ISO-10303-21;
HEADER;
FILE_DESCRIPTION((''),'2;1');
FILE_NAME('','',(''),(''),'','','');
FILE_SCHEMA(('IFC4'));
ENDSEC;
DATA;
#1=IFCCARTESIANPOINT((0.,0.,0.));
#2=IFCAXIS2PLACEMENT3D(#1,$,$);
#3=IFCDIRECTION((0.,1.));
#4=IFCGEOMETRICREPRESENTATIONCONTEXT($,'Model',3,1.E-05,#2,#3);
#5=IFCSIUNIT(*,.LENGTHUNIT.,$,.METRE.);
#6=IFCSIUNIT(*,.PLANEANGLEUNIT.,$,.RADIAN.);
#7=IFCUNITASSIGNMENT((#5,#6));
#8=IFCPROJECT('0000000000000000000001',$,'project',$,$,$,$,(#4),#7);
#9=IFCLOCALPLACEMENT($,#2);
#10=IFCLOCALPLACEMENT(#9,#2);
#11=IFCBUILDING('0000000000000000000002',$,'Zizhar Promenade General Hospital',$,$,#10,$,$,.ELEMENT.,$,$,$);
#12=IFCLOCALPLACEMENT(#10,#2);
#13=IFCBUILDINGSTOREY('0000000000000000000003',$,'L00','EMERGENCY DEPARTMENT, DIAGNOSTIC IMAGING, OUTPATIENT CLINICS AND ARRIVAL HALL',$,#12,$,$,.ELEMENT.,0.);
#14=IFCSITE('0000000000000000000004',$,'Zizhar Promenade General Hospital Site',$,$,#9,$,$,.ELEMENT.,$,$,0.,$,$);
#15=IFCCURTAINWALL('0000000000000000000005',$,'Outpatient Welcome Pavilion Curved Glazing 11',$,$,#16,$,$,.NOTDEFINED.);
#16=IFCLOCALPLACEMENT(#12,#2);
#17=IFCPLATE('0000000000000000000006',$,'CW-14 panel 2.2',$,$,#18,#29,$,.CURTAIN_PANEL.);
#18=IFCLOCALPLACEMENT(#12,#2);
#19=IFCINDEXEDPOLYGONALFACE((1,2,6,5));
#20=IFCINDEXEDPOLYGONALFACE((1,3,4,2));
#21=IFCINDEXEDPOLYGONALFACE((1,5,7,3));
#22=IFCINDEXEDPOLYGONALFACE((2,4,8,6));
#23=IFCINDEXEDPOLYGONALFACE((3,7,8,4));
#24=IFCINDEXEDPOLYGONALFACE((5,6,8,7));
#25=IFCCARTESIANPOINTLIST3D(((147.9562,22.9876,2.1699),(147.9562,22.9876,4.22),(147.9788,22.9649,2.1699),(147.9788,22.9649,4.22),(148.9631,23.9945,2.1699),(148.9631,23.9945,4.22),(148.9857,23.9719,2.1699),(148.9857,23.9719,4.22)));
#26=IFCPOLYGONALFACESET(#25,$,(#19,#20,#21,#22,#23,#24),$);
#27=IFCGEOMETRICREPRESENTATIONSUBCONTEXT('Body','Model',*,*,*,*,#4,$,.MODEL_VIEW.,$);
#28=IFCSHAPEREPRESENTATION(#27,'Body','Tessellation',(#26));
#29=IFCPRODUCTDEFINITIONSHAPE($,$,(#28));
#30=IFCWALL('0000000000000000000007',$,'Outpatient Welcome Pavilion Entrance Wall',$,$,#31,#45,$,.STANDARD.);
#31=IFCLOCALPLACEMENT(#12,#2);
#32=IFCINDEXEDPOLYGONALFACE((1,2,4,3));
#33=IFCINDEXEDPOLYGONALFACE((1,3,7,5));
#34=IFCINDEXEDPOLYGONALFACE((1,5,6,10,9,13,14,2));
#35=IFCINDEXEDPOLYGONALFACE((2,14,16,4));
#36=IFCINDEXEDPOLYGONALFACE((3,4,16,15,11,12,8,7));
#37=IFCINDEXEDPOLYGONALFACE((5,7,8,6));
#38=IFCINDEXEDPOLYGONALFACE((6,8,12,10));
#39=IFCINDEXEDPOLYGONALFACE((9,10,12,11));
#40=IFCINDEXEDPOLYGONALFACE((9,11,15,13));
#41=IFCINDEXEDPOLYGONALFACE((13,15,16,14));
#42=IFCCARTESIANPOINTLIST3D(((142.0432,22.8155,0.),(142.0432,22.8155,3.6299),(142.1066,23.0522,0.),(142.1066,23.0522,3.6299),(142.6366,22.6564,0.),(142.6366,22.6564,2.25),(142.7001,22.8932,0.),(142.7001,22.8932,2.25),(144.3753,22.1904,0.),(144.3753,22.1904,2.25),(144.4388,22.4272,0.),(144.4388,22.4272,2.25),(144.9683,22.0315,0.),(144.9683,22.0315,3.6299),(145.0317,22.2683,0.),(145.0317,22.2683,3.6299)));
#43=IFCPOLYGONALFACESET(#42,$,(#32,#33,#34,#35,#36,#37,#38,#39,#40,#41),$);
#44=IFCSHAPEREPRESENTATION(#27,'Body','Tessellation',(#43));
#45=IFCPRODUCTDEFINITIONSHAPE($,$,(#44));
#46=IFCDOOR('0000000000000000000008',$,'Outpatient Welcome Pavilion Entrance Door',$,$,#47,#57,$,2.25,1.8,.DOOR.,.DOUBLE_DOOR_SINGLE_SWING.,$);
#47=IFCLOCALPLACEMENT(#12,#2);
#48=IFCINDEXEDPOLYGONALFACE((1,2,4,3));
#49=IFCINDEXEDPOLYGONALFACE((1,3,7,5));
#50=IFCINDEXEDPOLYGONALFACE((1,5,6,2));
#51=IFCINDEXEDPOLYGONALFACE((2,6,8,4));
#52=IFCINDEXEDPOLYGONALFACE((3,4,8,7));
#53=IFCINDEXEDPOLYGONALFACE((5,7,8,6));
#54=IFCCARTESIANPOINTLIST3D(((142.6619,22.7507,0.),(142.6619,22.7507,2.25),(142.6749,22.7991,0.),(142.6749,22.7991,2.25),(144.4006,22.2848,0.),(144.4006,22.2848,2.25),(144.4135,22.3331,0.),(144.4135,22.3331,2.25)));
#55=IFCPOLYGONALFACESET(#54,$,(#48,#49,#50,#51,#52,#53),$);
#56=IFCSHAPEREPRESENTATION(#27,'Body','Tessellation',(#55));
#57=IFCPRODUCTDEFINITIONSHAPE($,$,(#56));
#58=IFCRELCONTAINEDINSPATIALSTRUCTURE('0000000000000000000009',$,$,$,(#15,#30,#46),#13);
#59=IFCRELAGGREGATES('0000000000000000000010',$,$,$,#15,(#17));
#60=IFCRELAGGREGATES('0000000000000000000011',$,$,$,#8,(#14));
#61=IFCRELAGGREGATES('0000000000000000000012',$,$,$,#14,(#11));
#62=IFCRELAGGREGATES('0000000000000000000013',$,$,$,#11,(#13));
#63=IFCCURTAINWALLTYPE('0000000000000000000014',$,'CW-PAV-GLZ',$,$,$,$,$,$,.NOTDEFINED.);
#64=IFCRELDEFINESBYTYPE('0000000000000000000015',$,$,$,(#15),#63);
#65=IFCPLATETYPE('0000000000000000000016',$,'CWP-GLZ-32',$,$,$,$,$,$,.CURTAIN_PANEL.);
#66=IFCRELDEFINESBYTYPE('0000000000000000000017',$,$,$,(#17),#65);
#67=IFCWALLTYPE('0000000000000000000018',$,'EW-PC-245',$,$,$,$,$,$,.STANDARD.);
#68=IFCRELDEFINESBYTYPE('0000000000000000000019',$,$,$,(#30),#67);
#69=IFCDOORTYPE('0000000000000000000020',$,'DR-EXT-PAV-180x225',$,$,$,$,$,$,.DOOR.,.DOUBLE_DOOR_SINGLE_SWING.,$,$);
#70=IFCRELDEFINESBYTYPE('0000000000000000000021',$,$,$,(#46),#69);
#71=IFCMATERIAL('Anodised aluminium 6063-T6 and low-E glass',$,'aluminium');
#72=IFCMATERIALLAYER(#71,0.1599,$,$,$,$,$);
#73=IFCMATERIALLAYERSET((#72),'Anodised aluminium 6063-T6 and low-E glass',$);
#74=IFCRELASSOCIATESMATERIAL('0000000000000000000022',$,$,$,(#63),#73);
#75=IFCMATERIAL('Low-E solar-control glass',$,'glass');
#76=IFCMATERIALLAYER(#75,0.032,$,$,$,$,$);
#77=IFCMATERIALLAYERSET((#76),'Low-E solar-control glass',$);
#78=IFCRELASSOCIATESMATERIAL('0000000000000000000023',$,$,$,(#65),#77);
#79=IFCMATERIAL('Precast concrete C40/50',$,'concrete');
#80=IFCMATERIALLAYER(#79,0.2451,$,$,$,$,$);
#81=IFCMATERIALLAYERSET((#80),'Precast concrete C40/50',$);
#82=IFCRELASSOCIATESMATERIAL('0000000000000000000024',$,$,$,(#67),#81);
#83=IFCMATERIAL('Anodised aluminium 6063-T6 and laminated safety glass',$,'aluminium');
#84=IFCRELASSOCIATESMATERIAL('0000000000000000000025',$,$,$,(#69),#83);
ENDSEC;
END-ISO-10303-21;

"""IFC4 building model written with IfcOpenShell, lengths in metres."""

from ifc_helpers import new_model, si_unit, direction, frame, frame_2d, origin, origin_2d, place, context, subcontext, project, spatial, rectangle, extrude, material, layer, layer_set, type_object, element, fill, aggregate, save


model = new_model("IFC4")

# Units and contexts
model_context = context("Model", 3, precision=1e-05, world=origin(), true_north=direction((0.0, 1.0)))
body_context = subcontext(model_context, "Body", "Model", "MODEL_VIEW")
ifc_project = project(units=[si_unit("LENGTHUNIT", "METRE"), si_unit("PLANEANGLEUNIT", "RADIAN")], contexts=[model_context])

# Site, building, storey
site_placement = place(None, origin())
site = spatial("IfcSite", under=ifc_project, at=site_placement, Name="Zizhar Promenade General Hospital Site", CompositionType="ELEMENT", RefElevation=0.0)
building_placement = place(site_placement, origin())
building = spatial("IfcBuilding", under=site, at=building_placement, Name="Zizhar Promenade General Hospital", CompositionType="ELEMENT")
storey_placement = place(building_placement, origin())
storey = spatial("IfcBuildingStorey", under=building, at=storey_placement, Name="L00", Description="EMERGENCY DEPARTMENT, DIAGNOSTIC IMAGING, OUTPATIENT CLINICS AND ARRIVAL HALL", CompositionType="ELEMENT", Elevation=0.0)

# Shared definitions
ifc_material_1 = material(Name="Anodised aluminium 6063-T6 and low-E glass", Category="aluminium")
ifc_layer_1 = layer(ifc_material_1, 0.1599)
ifc_layer_set_1 = layer_set([ifc_layer_1], Name="Anodised aluminium 6063-T6 and low-E glass")
curtain_wall_type = type_object("IfcCurtainWallType", Name="CW-PAV-GLZ", PredefinedType="NOTDEFINED", material=ifc_layer_set_1)

# Curtain wall
curtain_wall_1_placement = place(storey_placement, origin())
curtain_wall_1 = element("IfcCurtainWall", 1, at=curtain_wall_1_placement, inside=storey, type_object=curtain_wall_type, Name="Outpatient Welcome Pavilion Curved Glazing 11", PredefinedType="NOTDEFINED")

# Plate
ifc_material_2 = material(Name="Low-E solar-control glass", Category="glass")
ifc_layer_2 = layer(ifc_material_2, 0.032)
ifc_layer_set_2 = layer_set([ifc_layer_2], Name="Low-E solar-control glass")
plate_type = type_object("IfcPlateType", Name="CWP-GLZ-32", PredefinedType="CURTAIN_PANEL", material=ifc_layer_set_2)
plate_1_placement = place(storey_placement, frame((148.4709, 23.4797, 2.1699), z_axis=(0.0, 0.0, 1.0), x_axis=(-0.707107, -0.707107, 0.0)))
plate_1 = element("IfcPlate", 2, at=plate_1_placement, type_object=plate_type, Name="CW-14 panel 2.2", PredefinedType="CURTAIN_PANEL", context=body_context, shape_type="SweptSolid", body=[
    extrude(rectangle(XDim=1.4241, YDim=0.032, at=origin_2d()), origin(), (0.0, 0.0, 1.0), 2.05),
])
aggregate(curtain_wall_1, [plate_1])

# Wall, opening, door
ifc_material_3 = material(Name="Precast concrete C40/50", Category="concrete")
ifc_layer_3 = layer(ifc_material_3, 0.2451)
ifc_layer_set_3 = layer_set([ifc_layer_3], Name="Precast concrete C40/50")
wall_type = type_object("IfcWallType", Name="EW-PC-245", PredefinedType="STANDARD", material=ifc_layer_set_3)
wall_placement = place(storey_placement, frame((145.0, 22.1499, 0.0), z_axis=(0.0, 0.0, 1.0), x_axis=(-0.965912, 0.258872, 0.0)))
wall = element("IfcWall", 3, at=wall_placement, inside=storey, type_object=wall_type, Name="Outpatient Welcome Pavilion Entrance Wall", PredefinedType="STANDARD", context=body_context, shape_type="SweptSolid", body=[
    extrude(rectangle(XDim=3.0283, YDim=0.2451, at=frame_2d((1.5142, 0.0))), origin(), (0.0, 0.0, 1.0), 3.6299),
])
opening_placement = place(wall_placement, frame((0.614, 0.0, 0.0)))
opening = element("IfcOpeningElement", 4, at=opening_placement, cuts=wall, PredefinedType="OPENING", context=body_context, shape_type="SweptSolid", body=[
    extrude(rectangle(XDim=1.8, YDim=2.25, at=frame_2d((0.8999, 1.125))), frame((0.0, 0.1326, 0.0), z_axis=(0.0, -1.0, 0.0), x_axis=(1.0, 0.0, 0.0)), (0.0, 0.0, 1.0), 0.2651),
])
ifc_material_4 = material(Name="Anodised aluminium 6063-T6 and laminated safety glass", Category="aluminium")
door_type = type_object("IfcDoorType", Name="DR-EXT-PAV-180x225", OperationType="DOUBLE_DOOR_SINGLE_SWING", PredefinedType="DOOR", material=ifc_material_4)
door_placement = place(opening_placement, origin())
door = element("IfcDoor", 5, at=door_placement, inside=storey, type_object=door_type, Name="Outpatient Welcome Pavilion Entrance Door", OperationType="DOUBLE_DOOR_SINGLE_SWING", OverallHeight=2.25, OverallWidth=1.8, PredefinedType="DOOR", context=body_context, shape_type="SweptSolid", body=[
    extrude(rectangle(XDim=1.8, YDim=2.25, at=frame_2d((0.8999, 1.125))), frame((0.0, 0.0249, 0.0), z_axis=(0.0, -1.0, 0.0), x_axis=(1.0, 0.0, 0.0)), (0.0, 0.0, 1.0), 0.05),
])
fill(opening, door)

save(model, "model.ifc")
